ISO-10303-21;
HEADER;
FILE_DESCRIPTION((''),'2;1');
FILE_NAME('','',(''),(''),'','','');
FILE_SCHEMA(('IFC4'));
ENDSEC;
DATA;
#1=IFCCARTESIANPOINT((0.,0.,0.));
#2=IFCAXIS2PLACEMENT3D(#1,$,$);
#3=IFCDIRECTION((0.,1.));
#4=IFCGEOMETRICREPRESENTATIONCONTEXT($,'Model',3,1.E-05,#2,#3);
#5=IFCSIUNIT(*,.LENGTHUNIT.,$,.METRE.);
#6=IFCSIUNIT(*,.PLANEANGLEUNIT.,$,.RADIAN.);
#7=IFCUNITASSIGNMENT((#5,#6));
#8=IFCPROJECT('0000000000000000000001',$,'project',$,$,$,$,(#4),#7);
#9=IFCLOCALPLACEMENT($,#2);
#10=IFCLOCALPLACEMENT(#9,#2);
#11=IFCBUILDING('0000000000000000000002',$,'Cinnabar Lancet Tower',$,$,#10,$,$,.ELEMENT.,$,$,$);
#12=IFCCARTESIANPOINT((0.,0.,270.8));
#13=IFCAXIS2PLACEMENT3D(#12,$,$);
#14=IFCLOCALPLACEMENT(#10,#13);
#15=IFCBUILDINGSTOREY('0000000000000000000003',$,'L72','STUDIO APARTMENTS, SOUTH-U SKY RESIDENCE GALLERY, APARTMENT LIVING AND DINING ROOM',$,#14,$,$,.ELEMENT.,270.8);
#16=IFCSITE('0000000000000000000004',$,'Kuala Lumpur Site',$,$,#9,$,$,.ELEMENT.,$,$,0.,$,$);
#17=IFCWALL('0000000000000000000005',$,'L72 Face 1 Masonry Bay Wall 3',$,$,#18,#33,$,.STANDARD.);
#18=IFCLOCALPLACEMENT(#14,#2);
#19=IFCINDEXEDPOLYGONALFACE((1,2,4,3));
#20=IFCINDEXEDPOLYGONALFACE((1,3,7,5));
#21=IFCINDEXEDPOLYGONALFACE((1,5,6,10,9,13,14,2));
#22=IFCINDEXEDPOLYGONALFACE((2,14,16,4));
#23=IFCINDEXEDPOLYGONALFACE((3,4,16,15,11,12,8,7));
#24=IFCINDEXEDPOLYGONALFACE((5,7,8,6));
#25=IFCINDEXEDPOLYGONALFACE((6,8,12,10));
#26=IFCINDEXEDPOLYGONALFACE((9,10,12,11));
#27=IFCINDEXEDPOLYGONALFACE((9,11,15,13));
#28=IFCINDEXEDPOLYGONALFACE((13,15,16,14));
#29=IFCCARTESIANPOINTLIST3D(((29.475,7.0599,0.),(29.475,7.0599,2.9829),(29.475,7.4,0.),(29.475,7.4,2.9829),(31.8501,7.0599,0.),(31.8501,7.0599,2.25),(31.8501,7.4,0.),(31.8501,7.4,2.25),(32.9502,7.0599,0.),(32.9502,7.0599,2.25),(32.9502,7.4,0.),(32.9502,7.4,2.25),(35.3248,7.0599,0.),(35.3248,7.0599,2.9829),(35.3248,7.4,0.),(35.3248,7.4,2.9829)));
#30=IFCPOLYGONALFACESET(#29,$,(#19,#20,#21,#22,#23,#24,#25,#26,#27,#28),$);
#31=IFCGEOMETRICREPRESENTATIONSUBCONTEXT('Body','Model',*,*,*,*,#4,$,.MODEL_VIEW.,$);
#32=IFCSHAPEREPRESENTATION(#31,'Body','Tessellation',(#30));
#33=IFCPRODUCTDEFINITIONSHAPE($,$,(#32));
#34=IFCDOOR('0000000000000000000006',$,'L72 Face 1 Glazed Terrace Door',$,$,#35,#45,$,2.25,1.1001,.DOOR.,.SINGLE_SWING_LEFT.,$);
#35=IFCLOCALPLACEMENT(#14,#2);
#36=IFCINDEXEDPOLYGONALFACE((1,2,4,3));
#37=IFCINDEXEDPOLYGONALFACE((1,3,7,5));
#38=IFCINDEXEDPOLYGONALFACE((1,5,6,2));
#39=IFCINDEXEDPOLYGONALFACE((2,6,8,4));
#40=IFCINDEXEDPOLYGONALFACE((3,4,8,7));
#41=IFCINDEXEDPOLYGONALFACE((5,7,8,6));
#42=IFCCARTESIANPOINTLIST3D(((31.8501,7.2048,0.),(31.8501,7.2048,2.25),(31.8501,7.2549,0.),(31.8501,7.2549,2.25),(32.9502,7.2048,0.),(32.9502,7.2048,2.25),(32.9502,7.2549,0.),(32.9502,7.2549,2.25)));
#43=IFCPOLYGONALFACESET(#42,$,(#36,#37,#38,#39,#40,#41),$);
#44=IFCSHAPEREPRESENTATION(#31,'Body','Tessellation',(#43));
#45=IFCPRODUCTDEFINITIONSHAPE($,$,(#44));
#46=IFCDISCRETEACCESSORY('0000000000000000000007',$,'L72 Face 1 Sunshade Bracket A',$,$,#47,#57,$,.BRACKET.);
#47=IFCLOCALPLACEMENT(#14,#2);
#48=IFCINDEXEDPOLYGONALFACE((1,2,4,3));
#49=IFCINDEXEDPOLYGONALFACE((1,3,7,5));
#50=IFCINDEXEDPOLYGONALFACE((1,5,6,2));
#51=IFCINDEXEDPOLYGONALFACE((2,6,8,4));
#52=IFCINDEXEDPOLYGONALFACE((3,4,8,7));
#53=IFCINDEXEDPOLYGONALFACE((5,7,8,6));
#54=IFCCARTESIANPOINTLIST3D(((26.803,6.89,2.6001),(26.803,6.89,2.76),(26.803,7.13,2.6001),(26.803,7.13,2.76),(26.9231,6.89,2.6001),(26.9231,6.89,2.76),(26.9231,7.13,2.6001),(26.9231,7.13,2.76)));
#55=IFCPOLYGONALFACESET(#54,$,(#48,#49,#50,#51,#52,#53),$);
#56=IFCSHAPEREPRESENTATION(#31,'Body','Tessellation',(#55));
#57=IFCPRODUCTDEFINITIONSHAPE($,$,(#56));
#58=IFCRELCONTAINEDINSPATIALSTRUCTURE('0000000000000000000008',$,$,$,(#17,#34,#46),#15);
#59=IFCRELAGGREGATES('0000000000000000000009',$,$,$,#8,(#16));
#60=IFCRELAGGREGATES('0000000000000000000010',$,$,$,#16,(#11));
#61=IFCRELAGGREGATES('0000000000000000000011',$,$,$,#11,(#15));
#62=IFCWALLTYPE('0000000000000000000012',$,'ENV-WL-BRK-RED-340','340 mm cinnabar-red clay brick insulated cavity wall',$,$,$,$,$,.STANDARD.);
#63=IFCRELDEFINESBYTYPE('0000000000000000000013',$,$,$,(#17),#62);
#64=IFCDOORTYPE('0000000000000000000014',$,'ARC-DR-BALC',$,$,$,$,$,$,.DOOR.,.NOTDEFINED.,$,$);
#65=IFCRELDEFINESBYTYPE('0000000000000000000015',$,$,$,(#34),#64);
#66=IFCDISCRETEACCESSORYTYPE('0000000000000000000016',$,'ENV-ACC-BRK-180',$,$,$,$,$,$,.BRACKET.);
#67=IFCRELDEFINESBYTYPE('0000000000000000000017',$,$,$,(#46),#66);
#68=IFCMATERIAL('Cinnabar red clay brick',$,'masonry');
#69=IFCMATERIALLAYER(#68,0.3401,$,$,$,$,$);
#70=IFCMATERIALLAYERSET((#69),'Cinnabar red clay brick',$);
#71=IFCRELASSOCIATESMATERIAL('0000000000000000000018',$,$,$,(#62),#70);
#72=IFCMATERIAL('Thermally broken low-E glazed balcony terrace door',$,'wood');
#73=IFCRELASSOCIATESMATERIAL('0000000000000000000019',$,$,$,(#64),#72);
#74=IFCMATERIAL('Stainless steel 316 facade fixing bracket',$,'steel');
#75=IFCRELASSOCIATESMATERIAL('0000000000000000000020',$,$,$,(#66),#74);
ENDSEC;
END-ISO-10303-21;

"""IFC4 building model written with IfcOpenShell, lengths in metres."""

from ifc_helpers import new_model, si_unit, direction, frame, frame_2d, origin, origin_2d, place, context, subcontext, project, spatial, rectangle, extrude, material, layer, layer_set, type_object, element, fill, save


model = new_model("IFC4")

# Units and contexts
model_context = context("Model", 3, precision=1e-05, world=origin(), true_north=direction((0.0, 1.0)))
body_context = subcontext(model_context, "Body", "Model", "MODEL_VIEW")
ifc_project = project(units=[si_unit("LENGTHUNIT", "METRE"), si_unit("PLANEANGLEUNIT", "RADIAN")], contexts=[model_context])

# Site, building, storey
site_placement = place(None, origin())
site = spatial("IfcSite", under=ifc_project, at=site_placement, Name="Kuala Lumpur Site", CompositionType="ELEMENT", RefElevation=0.0)
building_placement = place(site_placement, origin())
building = spatial("IfcBuilding", under=site, at=building_placement, Name="Cinnabar Lancet Tower", CompositionType="ELEMENT")
storey_placement = place(building_placement, frame((0.0, 0.0, 270.8)))
storey = spatial("IfcBuildingStorey", under=building, at=storey_placement, Name="L72", Description="STUDIO APARTMENTS, SOUTH-U SKY RESIDENCE GALLERY, APARTMENT LIVING AND DINING ROOM", CompositionType="ELEMENT", Elevation=270.8)

# Shared definitions
ifc_material_1 = material(Name="Cinnabar red clay brick", Category="masonry")
ifc_layer_1 = layer(ifc_material_1, 0.3401)
ifc_layer_set_1 = layer_set([ifc_layer_1], Name="Cinnabar red clay brick")
wall_type_1 = type_object("IfcWallType", Name="ENV-WL-BRK-RED-340", Description="340 mm cinnabar-red clay brick insulated cavity wall", PredefinedType="STANDARD", material=ifc_layer_set_1)

# Wall, opening, door
wall_1_placement = place(storey_placement, frame((29.4751, 7.23, 0.0), z_axis=(0.0, 0.0, 1.0), x_axis=(1.0, 0.0, 0.0)))
wall_1 = element("IfcWall", 1, at=wall_1_placement, inside=storey, type_object=wall_type_1, Name="L72 Face 1 Masonry Bay Wall 3", PredefinedType="STANDARD", context=body_context, shape_type="SweptSolid", body=[
    extrude(rectangle(XDim=5.8499, YDim=0.3401, at=frame_2d((2.9248, 0.0))), origin(), (0.0, 0.0, 1.0), 2.9829),
])
opening_1_placement = place(wall_1_placement, frame((2.375, 0.0, 0.0)))
opening_1 = element("IfcOpeningElement", 2, at=opening_1_placement, cuts=wall_1, PredefinedType="OPENING", context=body_context, shape_type="SweptSolid", body=[
    extrude(rectangle(XDim=1.1001, YDim=2.25, at=frame_2d((0.55, 1.125))), frame((0.0, 0.1799, 0.0), z_axis=(0.0, -1.0, 0.0), x_axis=(1.0, 0.0, 0.0)), (0.0, 0.0, 1.0), 0.3601),
])
ifc_material_2 = material(Name="Thermally broken low-E glazed balcony terrace door", Category="wood")
door_type_1 = type_object("IfcDoorType", Name="ARC-DR-BALC", OperationType="NOTDEFINED", PredefinedType="DOOR", material=ifc_material_2)
door_1_placement = place(opening_1_placement, origin())
door_1 = element("IfcDoor", 3, at=door_1_placement, inside=storey, type_object=door_type_1, Name="L72 Face 1 Glazed Terrace Door", OperationType="SINGLE_SWING_LEFT", OverallHeight=2.25, OverallWidth=1.1001, PredefinedType="DOOR", context=body_context, shape_type="SweptSolid", body=[
    extrude(rectangle(XDim=1.1001, YDim=2.25, at=frame_2d((0.55, 1.125))), frame((0.0, 0.0249, 0.0), z_axis=(0.0, -1.0, 0.0), x_axis=(1.0, 0.0, 0.0)), (0.0, 0.0, 1.0), 0.05),
])
fill(opening_1, door_1)

# Discrete accessory
ifc_material_3 = material(Name="Stainless steel 316 facade fixing bracket", Category="steel")
discrete_accessory_type = type_object("IfcDiscreteAccessoryType", Name="ENV-ACC-BRK-180", PredefinedType="BRACKET", material=ifc_material_3)
discrete_accessory_placement = place(storey_placement, frame((26.863, 7.01, 2.6001), z_axis=(0.0, 0.0, 1.0), x_axis=(1.0, 0.0, 0.0)))
element("IfcDiscreteAccessory", 4, at=discrete_accessory_placement, inside=storey, type_object=discrete_accessory_type, Name="L72 Face 1 Sunshade Bracket A", PredefinedType="BRACKET", context=body_context, shape_type="SweptSolid", body=[
    extrude(rectangle(XDim=0.1201, YDim=0.24, at=origin_2d()), origin(), (0.0, 0.0, 1.0), 0.1599),
])

save(model, "model.ifc")
